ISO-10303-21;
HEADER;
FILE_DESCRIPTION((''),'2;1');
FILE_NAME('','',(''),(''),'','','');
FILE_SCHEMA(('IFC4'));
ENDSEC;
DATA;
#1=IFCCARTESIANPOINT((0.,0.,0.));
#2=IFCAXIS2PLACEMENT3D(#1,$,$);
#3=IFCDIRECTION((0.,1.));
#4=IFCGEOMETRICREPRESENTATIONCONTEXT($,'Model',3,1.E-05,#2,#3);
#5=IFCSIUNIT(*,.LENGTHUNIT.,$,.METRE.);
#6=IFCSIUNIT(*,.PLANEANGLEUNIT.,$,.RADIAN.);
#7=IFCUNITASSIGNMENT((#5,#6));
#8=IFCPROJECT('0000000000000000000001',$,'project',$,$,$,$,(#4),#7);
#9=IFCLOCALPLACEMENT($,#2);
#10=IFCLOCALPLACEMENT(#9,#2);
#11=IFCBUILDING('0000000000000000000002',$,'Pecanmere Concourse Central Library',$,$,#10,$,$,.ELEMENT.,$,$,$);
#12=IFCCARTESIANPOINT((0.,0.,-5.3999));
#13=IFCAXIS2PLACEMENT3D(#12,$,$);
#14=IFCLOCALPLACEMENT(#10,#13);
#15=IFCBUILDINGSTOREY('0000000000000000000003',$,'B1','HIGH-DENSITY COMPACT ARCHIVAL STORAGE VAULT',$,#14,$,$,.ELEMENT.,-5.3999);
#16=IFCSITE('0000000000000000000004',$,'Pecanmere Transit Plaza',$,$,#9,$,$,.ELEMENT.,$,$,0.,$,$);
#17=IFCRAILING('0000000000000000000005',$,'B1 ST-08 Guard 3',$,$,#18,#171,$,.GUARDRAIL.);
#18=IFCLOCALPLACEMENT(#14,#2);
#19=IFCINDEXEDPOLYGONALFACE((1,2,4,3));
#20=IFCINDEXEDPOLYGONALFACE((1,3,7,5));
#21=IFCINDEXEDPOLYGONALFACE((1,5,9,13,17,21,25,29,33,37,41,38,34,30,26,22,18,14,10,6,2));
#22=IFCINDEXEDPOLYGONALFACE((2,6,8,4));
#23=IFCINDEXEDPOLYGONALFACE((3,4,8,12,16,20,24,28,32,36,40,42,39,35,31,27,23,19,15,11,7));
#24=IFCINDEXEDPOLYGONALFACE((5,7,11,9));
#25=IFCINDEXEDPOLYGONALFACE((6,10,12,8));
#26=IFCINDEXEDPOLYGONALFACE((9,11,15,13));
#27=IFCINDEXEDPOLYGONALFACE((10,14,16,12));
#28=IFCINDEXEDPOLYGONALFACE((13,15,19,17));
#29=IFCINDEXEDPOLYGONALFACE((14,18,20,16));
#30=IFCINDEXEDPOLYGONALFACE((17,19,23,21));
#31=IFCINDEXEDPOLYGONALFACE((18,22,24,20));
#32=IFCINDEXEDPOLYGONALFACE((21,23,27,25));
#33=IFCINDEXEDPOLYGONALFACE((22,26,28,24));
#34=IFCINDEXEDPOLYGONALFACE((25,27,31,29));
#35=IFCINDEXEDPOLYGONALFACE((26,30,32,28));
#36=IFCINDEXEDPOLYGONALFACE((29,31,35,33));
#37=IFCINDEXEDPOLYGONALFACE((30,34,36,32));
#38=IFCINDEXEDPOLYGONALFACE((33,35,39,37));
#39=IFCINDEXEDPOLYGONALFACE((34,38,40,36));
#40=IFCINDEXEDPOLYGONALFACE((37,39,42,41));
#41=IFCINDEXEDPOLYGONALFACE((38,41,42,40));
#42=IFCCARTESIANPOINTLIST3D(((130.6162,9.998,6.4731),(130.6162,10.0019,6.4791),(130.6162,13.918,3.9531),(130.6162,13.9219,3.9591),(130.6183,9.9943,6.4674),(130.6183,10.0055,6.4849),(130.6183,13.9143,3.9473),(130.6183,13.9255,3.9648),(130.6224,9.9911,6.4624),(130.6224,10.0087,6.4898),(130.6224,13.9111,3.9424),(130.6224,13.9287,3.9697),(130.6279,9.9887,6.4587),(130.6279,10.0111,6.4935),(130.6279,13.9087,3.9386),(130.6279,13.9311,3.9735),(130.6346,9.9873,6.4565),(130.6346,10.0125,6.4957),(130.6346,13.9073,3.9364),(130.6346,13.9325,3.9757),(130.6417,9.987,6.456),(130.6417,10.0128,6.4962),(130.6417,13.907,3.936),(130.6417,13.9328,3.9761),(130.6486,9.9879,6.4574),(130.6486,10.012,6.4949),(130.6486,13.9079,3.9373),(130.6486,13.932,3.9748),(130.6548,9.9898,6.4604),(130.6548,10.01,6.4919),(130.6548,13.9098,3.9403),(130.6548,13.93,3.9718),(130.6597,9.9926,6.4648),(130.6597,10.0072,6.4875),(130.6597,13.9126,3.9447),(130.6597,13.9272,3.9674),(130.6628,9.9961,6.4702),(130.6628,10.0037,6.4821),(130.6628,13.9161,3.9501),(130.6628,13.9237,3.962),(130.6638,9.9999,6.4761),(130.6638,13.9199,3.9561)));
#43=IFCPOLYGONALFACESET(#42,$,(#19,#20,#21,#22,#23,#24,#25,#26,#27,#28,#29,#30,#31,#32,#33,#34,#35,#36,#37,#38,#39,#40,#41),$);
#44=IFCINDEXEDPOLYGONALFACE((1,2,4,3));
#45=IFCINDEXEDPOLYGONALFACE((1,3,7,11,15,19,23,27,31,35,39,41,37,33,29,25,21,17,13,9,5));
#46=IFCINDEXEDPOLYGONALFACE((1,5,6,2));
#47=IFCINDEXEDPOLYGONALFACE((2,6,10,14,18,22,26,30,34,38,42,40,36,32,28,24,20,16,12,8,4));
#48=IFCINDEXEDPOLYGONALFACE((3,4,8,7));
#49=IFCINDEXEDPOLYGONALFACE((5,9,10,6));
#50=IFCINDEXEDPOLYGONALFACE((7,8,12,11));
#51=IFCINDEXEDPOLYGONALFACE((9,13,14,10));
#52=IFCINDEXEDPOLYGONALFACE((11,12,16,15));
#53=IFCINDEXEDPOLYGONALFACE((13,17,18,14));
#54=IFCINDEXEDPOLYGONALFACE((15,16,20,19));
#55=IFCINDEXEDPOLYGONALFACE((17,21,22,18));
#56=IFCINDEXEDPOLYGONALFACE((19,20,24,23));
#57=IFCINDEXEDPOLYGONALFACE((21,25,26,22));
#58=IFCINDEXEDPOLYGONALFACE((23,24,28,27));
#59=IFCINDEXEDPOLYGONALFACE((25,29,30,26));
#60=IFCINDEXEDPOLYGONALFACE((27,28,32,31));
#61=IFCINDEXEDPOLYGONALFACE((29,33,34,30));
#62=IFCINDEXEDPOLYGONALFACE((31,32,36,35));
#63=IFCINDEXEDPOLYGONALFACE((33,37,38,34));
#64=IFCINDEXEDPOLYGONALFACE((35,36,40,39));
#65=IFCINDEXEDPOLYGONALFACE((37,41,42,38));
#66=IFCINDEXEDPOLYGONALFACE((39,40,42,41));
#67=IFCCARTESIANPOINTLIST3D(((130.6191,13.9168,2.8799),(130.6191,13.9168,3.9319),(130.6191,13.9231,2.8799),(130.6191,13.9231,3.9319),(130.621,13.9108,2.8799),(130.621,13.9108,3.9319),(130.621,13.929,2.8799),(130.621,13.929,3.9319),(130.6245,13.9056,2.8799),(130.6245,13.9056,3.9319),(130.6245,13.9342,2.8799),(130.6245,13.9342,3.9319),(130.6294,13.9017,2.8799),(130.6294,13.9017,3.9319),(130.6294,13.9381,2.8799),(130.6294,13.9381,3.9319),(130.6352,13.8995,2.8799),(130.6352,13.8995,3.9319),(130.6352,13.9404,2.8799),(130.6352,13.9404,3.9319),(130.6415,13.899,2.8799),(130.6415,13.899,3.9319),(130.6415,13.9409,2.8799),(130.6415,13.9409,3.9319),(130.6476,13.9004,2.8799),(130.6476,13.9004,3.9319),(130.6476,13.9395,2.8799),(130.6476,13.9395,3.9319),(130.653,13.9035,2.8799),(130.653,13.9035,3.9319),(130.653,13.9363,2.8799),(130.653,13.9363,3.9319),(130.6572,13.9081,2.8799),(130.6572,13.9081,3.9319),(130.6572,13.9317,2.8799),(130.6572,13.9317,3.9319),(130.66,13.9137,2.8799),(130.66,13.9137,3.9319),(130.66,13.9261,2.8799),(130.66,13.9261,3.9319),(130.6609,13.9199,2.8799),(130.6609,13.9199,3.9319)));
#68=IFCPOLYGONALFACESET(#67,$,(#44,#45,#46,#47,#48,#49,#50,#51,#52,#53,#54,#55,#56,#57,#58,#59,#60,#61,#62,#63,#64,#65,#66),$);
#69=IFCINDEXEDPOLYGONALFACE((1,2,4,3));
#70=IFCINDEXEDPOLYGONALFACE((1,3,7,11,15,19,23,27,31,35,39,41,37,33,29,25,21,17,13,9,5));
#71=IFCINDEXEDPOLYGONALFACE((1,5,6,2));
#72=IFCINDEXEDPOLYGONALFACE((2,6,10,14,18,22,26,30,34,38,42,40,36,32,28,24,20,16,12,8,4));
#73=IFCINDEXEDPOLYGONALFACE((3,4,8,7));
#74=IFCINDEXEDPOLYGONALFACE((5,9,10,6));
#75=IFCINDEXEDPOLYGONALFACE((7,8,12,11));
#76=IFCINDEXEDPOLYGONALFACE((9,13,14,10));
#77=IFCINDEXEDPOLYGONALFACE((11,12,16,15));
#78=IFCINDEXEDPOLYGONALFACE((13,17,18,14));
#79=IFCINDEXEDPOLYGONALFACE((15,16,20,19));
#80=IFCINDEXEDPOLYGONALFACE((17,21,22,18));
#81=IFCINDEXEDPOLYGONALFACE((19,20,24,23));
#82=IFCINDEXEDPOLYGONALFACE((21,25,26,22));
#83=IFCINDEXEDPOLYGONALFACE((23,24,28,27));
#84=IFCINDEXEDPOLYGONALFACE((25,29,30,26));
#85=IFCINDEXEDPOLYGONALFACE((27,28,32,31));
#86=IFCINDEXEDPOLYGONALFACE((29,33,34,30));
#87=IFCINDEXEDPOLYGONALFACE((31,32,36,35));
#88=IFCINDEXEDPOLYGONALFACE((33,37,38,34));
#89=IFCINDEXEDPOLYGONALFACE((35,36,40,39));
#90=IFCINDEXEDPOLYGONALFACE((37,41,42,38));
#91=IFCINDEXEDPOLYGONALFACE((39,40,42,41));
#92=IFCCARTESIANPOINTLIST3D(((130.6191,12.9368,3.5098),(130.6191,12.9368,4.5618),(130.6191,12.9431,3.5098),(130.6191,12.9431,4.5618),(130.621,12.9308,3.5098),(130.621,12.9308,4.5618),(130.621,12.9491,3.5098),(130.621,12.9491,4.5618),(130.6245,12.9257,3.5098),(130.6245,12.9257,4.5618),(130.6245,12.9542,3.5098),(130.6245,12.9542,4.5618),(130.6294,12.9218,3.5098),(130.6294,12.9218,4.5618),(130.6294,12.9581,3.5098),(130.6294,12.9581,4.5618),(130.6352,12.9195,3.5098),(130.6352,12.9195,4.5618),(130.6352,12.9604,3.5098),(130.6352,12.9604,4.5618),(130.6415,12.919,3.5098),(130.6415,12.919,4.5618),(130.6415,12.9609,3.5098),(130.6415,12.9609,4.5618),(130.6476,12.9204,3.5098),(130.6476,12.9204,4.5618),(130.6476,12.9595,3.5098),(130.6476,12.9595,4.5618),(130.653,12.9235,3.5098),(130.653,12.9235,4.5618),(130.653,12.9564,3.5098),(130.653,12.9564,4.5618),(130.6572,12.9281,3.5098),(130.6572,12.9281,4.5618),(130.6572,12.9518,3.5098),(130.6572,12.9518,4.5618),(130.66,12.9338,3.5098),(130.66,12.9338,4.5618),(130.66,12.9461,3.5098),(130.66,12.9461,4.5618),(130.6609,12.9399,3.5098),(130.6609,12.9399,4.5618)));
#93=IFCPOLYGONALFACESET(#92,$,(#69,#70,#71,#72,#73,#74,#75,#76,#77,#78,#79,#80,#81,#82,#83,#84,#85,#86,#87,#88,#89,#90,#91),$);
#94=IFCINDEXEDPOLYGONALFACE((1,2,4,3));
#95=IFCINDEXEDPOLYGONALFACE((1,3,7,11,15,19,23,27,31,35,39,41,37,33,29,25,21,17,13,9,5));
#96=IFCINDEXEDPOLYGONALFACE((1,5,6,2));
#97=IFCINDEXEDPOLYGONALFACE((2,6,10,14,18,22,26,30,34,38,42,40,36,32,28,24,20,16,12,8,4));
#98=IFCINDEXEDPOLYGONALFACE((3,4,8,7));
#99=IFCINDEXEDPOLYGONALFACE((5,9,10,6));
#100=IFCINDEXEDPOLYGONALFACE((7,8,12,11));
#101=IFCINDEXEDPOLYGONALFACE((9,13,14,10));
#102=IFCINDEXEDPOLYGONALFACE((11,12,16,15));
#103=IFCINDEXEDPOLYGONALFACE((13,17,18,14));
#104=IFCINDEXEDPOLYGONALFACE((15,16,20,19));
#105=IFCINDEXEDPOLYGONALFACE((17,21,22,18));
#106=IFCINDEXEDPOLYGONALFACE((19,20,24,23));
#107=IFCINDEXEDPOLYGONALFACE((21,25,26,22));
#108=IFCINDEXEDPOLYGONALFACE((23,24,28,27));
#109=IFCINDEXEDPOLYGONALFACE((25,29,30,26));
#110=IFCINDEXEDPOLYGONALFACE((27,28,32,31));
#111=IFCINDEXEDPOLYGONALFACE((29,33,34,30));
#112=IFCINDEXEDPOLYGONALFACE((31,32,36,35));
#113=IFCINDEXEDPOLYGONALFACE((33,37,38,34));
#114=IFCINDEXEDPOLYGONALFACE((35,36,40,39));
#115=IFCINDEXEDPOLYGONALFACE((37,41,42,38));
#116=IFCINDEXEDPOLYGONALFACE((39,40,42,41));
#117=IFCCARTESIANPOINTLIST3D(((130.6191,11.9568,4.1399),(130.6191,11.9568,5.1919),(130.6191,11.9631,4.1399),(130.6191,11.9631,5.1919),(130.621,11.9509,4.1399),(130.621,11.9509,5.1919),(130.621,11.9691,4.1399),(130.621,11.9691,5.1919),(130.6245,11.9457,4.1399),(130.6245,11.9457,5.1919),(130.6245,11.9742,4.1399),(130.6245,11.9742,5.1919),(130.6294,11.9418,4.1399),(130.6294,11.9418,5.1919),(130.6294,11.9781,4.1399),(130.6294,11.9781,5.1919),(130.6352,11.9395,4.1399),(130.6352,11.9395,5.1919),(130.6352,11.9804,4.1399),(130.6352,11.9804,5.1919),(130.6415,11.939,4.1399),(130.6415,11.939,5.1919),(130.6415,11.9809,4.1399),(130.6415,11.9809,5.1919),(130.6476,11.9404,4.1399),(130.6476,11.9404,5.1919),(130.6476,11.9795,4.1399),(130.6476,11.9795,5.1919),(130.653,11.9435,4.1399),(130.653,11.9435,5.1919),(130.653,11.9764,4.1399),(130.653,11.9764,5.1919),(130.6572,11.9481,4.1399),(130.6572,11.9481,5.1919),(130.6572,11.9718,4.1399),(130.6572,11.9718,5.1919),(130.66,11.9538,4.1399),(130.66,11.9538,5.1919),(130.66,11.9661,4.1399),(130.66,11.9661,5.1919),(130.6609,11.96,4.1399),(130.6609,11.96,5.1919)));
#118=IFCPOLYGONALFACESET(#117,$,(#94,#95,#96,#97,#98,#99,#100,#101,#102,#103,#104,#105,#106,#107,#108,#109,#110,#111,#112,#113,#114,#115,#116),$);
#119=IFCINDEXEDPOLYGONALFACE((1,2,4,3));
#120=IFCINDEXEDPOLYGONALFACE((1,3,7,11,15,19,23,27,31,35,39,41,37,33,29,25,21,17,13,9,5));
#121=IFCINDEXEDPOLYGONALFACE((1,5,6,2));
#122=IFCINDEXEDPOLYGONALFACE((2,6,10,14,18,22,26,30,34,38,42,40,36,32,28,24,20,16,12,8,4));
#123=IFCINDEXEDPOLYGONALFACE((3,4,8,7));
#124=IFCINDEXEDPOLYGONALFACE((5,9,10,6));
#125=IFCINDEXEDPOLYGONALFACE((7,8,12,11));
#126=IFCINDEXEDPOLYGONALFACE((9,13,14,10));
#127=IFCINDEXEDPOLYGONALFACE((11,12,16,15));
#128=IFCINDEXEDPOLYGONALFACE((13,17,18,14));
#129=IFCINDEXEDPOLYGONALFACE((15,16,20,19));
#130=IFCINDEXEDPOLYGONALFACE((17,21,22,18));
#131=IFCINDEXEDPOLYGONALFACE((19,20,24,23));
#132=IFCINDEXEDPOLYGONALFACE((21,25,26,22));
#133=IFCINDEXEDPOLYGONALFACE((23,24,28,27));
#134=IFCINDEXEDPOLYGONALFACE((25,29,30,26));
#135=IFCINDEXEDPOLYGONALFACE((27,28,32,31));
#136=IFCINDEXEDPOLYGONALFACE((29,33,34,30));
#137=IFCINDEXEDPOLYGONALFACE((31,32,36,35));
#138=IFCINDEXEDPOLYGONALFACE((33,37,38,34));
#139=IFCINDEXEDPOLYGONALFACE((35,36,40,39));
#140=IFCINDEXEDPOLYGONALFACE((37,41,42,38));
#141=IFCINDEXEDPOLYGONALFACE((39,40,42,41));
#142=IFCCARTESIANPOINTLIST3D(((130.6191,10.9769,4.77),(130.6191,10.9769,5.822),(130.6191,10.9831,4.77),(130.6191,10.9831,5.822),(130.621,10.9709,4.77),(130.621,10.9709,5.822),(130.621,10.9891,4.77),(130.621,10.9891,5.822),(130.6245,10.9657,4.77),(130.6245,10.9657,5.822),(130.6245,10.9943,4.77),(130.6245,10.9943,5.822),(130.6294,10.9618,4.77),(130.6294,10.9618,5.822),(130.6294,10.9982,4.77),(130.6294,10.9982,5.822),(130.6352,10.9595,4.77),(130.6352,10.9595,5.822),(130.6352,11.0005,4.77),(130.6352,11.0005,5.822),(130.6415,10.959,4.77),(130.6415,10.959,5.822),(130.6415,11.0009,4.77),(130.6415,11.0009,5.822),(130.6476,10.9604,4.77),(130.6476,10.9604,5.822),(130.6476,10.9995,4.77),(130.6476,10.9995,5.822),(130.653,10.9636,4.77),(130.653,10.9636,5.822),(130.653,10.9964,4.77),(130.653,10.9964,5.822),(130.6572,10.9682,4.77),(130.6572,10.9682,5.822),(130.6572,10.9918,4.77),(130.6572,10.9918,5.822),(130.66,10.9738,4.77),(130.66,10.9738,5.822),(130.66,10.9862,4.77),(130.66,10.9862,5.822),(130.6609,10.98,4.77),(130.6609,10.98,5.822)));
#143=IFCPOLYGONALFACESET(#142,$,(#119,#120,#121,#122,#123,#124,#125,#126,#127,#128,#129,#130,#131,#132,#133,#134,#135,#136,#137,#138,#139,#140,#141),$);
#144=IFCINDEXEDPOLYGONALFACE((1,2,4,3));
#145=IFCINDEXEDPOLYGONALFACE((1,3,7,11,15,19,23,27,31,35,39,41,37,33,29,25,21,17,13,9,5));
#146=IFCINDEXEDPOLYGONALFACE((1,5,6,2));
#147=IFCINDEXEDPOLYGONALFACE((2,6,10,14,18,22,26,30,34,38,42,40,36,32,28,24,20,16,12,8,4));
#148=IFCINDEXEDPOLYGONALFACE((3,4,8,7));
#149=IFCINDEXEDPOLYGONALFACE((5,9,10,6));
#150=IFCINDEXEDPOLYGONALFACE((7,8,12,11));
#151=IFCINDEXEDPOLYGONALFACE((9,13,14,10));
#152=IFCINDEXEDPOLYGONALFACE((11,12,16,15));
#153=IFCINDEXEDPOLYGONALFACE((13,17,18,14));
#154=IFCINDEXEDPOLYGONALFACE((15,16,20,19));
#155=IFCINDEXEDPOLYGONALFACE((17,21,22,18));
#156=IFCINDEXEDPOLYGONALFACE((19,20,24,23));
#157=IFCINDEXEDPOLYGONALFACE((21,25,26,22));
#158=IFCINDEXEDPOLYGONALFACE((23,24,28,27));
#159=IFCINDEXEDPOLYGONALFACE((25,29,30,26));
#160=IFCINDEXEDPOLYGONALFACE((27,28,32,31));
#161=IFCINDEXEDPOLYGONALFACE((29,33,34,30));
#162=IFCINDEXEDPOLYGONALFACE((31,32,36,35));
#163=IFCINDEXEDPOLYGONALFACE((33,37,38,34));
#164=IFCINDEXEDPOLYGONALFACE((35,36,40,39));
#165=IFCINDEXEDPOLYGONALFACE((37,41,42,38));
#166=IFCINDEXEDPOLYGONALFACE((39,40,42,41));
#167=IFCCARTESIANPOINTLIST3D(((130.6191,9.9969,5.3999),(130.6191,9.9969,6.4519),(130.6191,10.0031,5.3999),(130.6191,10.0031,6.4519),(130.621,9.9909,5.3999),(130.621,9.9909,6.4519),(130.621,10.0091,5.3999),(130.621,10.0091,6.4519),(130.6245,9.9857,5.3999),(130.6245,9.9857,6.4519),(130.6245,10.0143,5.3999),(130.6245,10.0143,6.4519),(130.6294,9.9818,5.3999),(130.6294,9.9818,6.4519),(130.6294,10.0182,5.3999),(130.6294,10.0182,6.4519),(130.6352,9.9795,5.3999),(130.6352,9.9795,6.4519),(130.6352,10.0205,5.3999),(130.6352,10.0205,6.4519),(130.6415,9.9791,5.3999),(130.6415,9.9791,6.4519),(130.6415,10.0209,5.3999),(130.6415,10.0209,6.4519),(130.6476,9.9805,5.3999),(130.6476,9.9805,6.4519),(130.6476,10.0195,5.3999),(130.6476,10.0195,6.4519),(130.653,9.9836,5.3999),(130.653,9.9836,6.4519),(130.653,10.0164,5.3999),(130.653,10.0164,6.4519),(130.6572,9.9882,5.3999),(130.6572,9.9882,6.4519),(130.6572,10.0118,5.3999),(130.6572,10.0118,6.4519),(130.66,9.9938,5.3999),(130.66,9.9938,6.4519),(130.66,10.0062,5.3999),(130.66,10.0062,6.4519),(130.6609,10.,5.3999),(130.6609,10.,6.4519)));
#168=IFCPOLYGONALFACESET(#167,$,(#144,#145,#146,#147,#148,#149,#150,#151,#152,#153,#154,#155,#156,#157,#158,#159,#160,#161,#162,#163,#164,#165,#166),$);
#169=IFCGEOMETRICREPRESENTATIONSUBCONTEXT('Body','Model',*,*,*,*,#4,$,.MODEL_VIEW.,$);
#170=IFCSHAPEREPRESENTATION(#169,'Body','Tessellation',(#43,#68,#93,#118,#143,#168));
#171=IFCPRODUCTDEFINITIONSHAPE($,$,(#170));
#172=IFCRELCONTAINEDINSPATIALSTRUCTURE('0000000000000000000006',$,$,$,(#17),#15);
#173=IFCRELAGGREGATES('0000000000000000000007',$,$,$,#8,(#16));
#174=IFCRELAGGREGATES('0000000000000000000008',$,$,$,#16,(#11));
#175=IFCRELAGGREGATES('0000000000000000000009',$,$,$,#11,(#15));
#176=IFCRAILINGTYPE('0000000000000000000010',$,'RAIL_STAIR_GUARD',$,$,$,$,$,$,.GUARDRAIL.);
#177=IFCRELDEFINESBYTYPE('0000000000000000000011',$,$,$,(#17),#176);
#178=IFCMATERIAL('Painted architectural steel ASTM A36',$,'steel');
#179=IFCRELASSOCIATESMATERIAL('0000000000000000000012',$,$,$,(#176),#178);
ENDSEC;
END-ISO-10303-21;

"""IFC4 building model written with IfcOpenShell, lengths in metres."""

from ifc_helpers import new_model, si_unit, direction, frame, origin, origin_2d, place, context, subcontext, project, spatial, circle, extrude, material, type_object, element, save


model = new_model("IFC4")

# Units and contexts
model_context = context("Model", 3, precision=1e-05, world=origin(), true_north=direction((0.0, 1.0)))
body_context = subcontext(model_context, "Body", "Model", "MODEL_VIEW")
ifc_project = project(units=[si_unit("LENGTHUNIT", "METRE"), si_unit("PLANEANGLEUNIT", "RADIAN")], contexts=[model_context])

# Site, building, storey
site_placement = place(None, origin())
site = spatial("IfcSite", under=ifc_project, at=site_placement, Name="Pecanmere Transit Plaza", CompositionType="ELEMENT", RefElevation=0.0)
building_placement = place(site_placement, origin())
building = spatial("IfcBuilding", under=site, at=building_placement, Name="Pecanmere Concourse Central Library", CompositionType="ELEMENT")
storey_placement = place(building_placement, frame((0.0, 0.0, -5.3999)))
storey = spatial("IfcBuildingStorey", under=building, at=storey_placement, Name="B1", Description="HIGH-DENSITY COMPACT ARCHIVAL STORAGE VAULT", CompositionType="ELEMENT", Elevation=-5.3999)

# Railing
ifc_material_1 = material(Name="Painted architectural steel ASTM A36", Category="steel")
railing_type_1 = type_object("IfcRailingType", Name="RAIL_STAIR_GUARD", PredefinedType="GUARDRAIL", material=ifc_material_1)
railing_1_placement = place(storey_placement, frame((130.6399, 13.9199, 2.8799)))
element("IfcRailing", 1, at=railing_1_placement, inside=storey, type_object=railing_type_1, Name="B1 ST-08 Guard 3", PredefinedType="GUARDRAIL", context=body_context, shape_type="SweptSolid", body=[
    extrude(circle(Radius=0.0239, at=origin_2d()), frame((0.0, 0.0, 1.0762), z_axis=(0.0, -0.841172, 0.540768), x_axis=(1.0, 0.0, 0.0)), (0.0, 0.0, 1.0), 4.6602),
    extrude(circle(Radius=0.021, at=origin_2d()), origin(), (0.0, 0.0, 1.0), 1.052),
    extrude(circle(Radius=0.021, at=origin_2d()), frame((0.0, -0.98, 0.6299)), (0.0, 0.0, 1.0), 1.052),
    extrude(circle(Radius=0.021, at=origin_2d()), frame((0.0, -1.96, 1.26)), (0.0, 0.0, 1.0), 1.052),
    extrude(circle(Radius=0.021, at=origin_2d()), frame((0.0, -2.9399, 1.8901)), (0.0, 0.0, 1.0), 1.052),
    extrude(circle(Radius=0.021, at=origin_2d()), frame((0.0, -3.9199, 2.52)), (0.0, 0.0, 1.0), 1.052),
])

save(model, "model.ifc")
